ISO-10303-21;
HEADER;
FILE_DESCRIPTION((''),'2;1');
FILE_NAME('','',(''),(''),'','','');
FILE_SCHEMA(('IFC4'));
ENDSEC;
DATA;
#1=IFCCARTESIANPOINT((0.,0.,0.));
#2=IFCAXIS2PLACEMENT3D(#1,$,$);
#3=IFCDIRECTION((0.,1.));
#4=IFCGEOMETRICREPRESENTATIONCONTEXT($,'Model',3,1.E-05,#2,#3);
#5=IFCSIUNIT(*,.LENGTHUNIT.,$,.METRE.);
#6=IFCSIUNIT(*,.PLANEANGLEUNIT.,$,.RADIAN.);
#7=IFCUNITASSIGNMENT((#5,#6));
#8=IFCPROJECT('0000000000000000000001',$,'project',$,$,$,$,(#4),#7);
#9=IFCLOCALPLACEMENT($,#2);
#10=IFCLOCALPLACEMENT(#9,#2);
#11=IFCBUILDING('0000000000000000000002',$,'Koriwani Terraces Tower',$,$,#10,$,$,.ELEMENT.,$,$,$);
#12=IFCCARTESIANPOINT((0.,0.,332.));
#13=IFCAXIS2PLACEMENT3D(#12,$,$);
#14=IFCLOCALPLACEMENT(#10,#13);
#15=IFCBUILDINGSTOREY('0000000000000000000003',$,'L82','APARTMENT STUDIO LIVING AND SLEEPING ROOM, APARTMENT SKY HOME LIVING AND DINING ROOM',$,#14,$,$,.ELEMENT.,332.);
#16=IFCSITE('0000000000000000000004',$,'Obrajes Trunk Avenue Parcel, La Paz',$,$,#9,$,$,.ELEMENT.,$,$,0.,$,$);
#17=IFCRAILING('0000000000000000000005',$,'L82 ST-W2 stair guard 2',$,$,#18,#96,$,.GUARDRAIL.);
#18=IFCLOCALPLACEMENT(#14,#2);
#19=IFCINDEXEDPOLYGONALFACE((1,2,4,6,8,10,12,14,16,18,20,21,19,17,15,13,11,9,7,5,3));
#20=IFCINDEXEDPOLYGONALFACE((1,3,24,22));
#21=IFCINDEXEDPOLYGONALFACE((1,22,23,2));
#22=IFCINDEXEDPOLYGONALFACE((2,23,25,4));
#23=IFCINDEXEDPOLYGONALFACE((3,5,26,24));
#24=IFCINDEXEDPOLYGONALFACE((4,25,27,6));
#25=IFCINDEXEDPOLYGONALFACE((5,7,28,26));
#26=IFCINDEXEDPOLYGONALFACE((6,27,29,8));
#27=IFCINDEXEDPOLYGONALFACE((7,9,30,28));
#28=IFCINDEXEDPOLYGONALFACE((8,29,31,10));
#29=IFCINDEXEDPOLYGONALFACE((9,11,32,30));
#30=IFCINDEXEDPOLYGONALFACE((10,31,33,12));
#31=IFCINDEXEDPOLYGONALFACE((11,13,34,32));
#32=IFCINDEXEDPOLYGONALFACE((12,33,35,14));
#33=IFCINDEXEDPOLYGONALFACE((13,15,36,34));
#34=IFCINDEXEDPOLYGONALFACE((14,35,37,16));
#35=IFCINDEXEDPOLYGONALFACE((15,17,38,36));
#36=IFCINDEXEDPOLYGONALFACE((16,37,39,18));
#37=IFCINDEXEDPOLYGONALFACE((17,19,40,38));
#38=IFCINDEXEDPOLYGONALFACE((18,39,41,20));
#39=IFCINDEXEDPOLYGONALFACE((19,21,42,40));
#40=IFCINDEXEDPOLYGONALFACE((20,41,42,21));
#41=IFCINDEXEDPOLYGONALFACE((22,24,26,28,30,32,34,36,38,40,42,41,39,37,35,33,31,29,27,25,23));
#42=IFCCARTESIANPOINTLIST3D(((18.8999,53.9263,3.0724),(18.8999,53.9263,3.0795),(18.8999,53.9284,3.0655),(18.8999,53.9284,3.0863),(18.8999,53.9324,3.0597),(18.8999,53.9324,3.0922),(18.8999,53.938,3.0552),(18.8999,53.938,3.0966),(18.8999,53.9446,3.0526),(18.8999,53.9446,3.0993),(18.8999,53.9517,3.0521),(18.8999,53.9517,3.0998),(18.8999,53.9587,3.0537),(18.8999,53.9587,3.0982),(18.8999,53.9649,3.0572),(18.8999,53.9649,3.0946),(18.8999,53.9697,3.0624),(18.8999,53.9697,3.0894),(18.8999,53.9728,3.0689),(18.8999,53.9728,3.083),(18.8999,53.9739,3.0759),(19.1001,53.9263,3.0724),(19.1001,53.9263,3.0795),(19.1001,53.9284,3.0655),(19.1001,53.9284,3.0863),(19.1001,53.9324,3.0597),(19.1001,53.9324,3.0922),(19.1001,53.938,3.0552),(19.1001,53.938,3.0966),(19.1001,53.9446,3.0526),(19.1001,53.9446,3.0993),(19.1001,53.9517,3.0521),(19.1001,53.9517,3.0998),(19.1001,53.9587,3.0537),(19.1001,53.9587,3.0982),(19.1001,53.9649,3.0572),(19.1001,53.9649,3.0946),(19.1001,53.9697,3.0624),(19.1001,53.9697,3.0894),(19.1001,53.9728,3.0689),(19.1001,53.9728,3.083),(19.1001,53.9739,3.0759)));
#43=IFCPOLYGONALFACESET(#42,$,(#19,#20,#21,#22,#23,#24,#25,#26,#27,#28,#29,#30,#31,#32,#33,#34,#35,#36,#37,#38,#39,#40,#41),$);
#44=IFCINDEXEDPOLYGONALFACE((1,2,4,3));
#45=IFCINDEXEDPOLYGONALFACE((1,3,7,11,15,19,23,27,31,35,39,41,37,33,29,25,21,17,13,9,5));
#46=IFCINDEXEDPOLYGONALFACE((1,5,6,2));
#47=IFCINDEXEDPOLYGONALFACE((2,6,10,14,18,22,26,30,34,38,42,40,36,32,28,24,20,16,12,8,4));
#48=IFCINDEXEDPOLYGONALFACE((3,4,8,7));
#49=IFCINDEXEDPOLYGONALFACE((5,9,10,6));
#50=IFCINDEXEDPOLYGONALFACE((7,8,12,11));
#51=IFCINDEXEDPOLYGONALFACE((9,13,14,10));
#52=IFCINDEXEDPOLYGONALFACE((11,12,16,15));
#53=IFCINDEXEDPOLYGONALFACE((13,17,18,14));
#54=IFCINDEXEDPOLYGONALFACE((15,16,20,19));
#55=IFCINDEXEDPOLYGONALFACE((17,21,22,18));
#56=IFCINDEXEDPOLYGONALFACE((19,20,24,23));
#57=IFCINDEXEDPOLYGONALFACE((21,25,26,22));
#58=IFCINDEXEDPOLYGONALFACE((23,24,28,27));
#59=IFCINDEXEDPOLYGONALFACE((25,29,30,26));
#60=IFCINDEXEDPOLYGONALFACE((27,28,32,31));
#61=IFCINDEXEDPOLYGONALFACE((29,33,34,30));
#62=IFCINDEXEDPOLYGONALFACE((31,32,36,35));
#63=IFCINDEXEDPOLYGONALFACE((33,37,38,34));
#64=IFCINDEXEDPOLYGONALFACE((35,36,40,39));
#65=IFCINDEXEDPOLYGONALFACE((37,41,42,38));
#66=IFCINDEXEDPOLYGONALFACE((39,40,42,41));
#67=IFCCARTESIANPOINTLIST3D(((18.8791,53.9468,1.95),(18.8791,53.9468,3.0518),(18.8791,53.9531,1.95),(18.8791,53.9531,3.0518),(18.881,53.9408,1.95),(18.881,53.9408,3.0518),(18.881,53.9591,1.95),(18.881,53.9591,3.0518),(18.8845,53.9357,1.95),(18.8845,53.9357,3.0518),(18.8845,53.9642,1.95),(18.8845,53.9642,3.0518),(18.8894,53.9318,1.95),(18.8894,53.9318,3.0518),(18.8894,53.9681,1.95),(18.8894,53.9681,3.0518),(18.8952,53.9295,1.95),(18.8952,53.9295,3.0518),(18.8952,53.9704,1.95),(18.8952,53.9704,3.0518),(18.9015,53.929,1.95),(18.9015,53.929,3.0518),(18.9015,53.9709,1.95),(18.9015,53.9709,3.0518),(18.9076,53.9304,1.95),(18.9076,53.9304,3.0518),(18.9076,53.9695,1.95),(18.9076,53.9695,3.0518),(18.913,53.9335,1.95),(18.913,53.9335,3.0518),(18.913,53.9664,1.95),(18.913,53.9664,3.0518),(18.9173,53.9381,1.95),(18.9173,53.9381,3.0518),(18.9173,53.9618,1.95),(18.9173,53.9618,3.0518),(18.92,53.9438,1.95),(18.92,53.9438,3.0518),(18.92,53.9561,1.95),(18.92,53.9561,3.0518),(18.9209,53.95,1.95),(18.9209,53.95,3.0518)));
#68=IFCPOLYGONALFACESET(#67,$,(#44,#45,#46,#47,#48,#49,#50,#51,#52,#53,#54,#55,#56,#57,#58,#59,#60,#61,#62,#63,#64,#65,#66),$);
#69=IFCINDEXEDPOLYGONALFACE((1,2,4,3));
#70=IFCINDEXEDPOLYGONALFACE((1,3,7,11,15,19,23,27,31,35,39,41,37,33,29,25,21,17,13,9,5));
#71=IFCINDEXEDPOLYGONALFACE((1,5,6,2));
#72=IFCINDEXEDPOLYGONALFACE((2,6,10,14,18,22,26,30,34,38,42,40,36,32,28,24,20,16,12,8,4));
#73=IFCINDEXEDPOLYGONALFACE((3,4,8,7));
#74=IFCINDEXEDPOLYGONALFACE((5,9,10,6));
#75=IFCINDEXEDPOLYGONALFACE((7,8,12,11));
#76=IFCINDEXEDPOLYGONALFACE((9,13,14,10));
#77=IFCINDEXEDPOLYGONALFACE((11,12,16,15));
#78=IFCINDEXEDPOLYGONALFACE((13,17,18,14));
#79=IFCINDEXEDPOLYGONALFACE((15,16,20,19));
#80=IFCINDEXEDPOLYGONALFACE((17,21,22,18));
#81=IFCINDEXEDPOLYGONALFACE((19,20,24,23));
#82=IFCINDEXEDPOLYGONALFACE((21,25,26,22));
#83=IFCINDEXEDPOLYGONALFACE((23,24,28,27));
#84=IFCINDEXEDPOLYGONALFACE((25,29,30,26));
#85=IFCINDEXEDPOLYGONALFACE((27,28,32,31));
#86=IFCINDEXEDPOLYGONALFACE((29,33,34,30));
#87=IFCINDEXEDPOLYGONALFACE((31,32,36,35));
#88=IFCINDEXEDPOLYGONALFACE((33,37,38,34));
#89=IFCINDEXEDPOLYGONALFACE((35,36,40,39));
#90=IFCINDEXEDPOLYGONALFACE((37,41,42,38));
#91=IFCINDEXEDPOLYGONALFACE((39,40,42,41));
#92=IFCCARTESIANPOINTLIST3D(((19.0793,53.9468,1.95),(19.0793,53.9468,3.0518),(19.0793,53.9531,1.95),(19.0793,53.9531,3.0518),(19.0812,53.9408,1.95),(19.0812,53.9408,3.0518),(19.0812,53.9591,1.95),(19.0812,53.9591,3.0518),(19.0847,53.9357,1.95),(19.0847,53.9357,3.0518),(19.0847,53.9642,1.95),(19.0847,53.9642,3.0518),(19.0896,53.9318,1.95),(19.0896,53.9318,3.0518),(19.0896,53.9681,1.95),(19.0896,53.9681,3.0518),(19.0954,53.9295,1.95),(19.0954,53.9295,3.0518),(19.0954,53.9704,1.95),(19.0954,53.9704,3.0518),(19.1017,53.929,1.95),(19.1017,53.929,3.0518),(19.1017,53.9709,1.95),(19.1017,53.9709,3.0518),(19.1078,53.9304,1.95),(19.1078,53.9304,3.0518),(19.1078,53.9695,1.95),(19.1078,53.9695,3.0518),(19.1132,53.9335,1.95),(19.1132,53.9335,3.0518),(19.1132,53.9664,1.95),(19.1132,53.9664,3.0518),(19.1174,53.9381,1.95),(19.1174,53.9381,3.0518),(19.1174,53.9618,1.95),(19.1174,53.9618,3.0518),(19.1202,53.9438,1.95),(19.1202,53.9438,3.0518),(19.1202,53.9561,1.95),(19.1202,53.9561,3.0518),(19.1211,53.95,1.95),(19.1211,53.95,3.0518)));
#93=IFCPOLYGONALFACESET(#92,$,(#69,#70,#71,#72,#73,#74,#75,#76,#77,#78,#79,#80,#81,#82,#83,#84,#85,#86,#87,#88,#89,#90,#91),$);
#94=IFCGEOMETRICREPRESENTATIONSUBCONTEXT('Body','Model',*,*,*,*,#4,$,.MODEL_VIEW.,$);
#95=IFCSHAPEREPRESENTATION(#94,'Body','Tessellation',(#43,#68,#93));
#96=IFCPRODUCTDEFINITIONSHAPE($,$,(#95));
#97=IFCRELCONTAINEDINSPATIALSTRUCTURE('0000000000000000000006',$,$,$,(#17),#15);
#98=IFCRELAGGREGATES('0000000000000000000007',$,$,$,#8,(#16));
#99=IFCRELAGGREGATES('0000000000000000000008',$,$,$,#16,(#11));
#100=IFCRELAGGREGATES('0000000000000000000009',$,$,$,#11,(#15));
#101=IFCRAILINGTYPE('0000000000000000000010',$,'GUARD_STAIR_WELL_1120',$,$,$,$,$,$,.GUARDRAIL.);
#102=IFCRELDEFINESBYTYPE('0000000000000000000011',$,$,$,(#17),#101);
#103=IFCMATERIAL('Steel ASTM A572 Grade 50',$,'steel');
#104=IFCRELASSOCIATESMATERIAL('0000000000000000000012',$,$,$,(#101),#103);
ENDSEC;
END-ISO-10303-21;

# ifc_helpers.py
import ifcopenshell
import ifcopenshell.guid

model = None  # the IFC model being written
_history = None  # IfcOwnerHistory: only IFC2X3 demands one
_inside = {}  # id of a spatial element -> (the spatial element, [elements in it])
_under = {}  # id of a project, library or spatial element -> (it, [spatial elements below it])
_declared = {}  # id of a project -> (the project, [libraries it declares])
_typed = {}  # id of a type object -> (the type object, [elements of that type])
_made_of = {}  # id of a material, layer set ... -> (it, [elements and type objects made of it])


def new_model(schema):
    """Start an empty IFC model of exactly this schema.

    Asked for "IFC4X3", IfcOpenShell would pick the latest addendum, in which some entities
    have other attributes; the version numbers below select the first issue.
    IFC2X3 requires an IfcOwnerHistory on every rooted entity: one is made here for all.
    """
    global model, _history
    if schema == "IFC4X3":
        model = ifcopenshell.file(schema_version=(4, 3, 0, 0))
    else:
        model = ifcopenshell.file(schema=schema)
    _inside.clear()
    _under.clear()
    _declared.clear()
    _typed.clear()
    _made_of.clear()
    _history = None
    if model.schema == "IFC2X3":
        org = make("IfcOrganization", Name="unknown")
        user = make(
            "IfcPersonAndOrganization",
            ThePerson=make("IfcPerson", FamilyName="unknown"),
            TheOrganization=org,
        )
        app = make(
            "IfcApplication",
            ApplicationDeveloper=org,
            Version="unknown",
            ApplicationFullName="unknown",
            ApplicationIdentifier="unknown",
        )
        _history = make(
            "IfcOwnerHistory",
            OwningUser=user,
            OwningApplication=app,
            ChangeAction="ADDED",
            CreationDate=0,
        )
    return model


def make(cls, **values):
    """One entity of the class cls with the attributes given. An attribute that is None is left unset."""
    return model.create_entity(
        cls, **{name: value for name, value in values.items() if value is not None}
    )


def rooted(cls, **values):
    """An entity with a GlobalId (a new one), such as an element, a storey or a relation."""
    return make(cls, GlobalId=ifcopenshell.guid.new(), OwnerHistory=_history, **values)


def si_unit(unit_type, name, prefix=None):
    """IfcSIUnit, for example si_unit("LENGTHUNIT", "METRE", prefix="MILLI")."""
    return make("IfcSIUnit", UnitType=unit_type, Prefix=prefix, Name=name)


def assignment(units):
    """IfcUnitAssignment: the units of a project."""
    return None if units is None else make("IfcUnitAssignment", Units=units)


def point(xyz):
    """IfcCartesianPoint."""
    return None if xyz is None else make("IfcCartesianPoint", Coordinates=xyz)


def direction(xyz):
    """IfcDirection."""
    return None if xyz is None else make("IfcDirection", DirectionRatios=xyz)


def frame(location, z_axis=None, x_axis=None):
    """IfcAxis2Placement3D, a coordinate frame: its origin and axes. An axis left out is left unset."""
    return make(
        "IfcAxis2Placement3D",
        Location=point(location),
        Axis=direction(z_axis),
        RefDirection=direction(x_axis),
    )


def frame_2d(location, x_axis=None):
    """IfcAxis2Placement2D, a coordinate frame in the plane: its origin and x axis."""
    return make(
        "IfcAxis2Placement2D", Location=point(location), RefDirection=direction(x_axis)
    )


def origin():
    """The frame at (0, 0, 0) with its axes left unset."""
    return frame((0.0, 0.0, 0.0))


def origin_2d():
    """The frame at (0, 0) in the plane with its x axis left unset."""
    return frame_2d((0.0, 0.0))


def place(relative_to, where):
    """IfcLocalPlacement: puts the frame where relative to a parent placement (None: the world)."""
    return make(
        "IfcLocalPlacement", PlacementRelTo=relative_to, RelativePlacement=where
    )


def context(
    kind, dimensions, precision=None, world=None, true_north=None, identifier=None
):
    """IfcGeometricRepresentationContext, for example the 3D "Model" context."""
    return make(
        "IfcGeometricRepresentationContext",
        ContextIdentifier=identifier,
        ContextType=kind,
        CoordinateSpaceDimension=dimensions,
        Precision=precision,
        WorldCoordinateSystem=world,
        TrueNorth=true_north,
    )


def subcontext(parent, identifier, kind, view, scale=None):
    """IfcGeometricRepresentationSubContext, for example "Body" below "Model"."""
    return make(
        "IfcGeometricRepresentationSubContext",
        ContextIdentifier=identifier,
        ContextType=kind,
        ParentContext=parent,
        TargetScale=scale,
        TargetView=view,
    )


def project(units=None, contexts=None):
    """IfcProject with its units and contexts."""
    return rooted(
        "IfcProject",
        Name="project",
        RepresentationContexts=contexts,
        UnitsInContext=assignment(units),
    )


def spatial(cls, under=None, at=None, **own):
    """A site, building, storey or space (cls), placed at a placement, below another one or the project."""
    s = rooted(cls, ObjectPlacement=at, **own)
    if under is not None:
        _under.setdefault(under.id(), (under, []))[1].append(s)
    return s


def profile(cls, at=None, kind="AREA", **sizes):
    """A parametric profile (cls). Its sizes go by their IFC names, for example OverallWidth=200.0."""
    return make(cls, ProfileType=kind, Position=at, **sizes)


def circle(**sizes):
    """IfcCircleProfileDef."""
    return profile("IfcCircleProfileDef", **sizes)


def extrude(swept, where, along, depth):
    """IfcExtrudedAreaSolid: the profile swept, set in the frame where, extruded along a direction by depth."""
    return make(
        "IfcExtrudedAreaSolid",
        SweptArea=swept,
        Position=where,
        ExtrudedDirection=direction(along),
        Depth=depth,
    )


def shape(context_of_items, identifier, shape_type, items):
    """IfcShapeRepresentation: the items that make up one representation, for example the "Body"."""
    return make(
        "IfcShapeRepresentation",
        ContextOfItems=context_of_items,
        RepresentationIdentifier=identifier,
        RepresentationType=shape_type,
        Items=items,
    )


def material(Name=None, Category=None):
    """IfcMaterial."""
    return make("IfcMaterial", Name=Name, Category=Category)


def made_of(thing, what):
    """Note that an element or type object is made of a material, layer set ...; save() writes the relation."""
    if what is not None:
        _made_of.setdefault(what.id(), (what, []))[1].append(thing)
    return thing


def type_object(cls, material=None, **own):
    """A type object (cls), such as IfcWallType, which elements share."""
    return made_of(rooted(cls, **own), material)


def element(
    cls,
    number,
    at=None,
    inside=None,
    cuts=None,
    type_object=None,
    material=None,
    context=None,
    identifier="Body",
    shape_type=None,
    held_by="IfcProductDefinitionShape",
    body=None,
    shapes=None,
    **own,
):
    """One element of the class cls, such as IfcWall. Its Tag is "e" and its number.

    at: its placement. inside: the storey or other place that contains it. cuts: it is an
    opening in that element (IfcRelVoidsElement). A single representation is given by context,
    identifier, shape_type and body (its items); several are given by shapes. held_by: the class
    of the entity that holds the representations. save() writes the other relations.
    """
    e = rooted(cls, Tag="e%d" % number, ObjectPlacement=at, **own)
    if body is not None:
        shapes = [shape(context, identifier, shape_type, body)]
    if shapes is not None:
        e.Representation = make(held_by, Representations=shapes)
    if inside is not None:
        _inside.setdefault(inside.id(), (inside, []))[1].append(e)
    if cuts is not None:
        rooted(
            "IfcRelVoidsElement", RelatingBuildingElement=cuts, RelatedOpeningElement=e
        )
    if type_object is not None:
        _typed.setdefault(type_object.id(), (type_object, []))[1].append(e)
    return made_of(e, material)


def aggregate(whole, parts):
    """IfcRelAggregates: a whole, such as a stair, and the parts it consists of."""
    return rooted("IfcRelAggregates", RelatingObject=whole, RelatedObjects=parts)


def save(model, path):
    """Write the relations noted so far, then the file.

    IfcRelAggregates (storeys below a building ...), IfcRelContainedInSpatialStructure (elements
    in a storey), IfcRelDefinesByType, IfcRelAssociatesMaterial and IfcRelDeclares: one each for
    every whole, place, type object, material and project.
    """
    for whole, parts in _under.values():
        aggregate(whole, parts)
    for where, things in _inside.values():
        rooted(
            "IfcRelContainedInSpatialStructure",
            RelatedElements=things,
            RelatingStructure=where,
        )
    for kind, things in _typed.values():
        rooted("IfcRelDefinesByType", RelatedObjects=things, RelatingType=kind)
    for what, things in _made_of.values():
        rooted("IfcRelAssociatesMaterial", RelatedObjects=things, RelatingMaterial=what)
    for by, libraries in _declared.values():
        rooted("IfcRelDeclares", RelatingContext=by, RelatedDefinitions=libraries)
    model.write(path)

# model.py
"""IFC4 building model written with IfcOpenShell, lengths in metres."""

from ifc_helpers import new_model, si_unit, direction, frame, origin, origin_2d, place, context, subcontext, project, spatial, circle, extrude, material, type_object, element, save


model = new_model("IFC4")

# Units and contexts
model_context = context("Model", 3, precision=1e-05, world=origin(), true_north=direction((0.0, 1.0)))
body_context = subcontext(model_context, "Body", "Model", "MODEL_VIEW")
ifc_project = project(units=[si_unit("LENGTHUNIT", "METRE"), si_unit("PLANEANGLEUNIT", "RADIAN")], contexts=[model_context])

# Site, building, storey
site_placement = place(None, origin())
site = spatial("IfcSite", under=ifc_project, at=site_placement, Name="Obrajes Trunk Avenue Parcel, La Paz", CompositionType="ELEMENT", RefElevation=0.0)
building_placement = place(site_placement, origin())
building = spatial("IfcBuilding", under=site, at=building_placement, Name="Koriwani Terraces Tower", CompositionType="ELEMENT")
storey_placement = place(building_placement, frame((0.0, 0.0, 332.0)))
storey = spatial("IfcBuildingStorey", under=building, at=storey_placement, Name="L82", Description="APARTMENT STUDIO LIVING AND SLEEPING ROOM, APARTMENT SKY HOME LIVING AND DINING ROOM", CompositionType="ELEMENT", Elevation=332.0)

# Shared definitions
ifc_material_1 = material(Name="Steel ASTM A572 Grade 50", Category="steel")

# Railing
railing_type_1 = type_object("IfcRailingType", Name="GUARD_STAIR_WELL_1120", PredefinedType="GUARDRAIL", material=ifc_material_1)
railing_1_placement = place(storey_placement, frame((18.8999, 53.95, 1.95)))
element("IfcRailing", 1, at=railing_1_placement, inside=storey, type_object=railing_type_1, Name="L82 ST-W2 stair guard 2", PredefinedType="GUARDRAIL", context=body_context, shape_type="SweptSolid", body=[
    extrude(circle(Radius=0.0239, at=origin_2d()), frame((0.0, 0.0, 1.126), z_axis=(1.0, 0.0, 0.0), x_axis=(0.0, 1.0, 0.0)), (0.0, 0.0, 1.0), 0.2002),
    extrude(circle(Radius=0.021, at=origin_2d()), origin(), (0.0, 0.0, 1.0), 1.1018),
    extrude(circle(Radius=0.021, at=origin_2d()), frame((0.2002, 0.0, 0.0)), (0.0, 0.0, 1.0), 1.1018),
])

save(model, "model.ifc")
